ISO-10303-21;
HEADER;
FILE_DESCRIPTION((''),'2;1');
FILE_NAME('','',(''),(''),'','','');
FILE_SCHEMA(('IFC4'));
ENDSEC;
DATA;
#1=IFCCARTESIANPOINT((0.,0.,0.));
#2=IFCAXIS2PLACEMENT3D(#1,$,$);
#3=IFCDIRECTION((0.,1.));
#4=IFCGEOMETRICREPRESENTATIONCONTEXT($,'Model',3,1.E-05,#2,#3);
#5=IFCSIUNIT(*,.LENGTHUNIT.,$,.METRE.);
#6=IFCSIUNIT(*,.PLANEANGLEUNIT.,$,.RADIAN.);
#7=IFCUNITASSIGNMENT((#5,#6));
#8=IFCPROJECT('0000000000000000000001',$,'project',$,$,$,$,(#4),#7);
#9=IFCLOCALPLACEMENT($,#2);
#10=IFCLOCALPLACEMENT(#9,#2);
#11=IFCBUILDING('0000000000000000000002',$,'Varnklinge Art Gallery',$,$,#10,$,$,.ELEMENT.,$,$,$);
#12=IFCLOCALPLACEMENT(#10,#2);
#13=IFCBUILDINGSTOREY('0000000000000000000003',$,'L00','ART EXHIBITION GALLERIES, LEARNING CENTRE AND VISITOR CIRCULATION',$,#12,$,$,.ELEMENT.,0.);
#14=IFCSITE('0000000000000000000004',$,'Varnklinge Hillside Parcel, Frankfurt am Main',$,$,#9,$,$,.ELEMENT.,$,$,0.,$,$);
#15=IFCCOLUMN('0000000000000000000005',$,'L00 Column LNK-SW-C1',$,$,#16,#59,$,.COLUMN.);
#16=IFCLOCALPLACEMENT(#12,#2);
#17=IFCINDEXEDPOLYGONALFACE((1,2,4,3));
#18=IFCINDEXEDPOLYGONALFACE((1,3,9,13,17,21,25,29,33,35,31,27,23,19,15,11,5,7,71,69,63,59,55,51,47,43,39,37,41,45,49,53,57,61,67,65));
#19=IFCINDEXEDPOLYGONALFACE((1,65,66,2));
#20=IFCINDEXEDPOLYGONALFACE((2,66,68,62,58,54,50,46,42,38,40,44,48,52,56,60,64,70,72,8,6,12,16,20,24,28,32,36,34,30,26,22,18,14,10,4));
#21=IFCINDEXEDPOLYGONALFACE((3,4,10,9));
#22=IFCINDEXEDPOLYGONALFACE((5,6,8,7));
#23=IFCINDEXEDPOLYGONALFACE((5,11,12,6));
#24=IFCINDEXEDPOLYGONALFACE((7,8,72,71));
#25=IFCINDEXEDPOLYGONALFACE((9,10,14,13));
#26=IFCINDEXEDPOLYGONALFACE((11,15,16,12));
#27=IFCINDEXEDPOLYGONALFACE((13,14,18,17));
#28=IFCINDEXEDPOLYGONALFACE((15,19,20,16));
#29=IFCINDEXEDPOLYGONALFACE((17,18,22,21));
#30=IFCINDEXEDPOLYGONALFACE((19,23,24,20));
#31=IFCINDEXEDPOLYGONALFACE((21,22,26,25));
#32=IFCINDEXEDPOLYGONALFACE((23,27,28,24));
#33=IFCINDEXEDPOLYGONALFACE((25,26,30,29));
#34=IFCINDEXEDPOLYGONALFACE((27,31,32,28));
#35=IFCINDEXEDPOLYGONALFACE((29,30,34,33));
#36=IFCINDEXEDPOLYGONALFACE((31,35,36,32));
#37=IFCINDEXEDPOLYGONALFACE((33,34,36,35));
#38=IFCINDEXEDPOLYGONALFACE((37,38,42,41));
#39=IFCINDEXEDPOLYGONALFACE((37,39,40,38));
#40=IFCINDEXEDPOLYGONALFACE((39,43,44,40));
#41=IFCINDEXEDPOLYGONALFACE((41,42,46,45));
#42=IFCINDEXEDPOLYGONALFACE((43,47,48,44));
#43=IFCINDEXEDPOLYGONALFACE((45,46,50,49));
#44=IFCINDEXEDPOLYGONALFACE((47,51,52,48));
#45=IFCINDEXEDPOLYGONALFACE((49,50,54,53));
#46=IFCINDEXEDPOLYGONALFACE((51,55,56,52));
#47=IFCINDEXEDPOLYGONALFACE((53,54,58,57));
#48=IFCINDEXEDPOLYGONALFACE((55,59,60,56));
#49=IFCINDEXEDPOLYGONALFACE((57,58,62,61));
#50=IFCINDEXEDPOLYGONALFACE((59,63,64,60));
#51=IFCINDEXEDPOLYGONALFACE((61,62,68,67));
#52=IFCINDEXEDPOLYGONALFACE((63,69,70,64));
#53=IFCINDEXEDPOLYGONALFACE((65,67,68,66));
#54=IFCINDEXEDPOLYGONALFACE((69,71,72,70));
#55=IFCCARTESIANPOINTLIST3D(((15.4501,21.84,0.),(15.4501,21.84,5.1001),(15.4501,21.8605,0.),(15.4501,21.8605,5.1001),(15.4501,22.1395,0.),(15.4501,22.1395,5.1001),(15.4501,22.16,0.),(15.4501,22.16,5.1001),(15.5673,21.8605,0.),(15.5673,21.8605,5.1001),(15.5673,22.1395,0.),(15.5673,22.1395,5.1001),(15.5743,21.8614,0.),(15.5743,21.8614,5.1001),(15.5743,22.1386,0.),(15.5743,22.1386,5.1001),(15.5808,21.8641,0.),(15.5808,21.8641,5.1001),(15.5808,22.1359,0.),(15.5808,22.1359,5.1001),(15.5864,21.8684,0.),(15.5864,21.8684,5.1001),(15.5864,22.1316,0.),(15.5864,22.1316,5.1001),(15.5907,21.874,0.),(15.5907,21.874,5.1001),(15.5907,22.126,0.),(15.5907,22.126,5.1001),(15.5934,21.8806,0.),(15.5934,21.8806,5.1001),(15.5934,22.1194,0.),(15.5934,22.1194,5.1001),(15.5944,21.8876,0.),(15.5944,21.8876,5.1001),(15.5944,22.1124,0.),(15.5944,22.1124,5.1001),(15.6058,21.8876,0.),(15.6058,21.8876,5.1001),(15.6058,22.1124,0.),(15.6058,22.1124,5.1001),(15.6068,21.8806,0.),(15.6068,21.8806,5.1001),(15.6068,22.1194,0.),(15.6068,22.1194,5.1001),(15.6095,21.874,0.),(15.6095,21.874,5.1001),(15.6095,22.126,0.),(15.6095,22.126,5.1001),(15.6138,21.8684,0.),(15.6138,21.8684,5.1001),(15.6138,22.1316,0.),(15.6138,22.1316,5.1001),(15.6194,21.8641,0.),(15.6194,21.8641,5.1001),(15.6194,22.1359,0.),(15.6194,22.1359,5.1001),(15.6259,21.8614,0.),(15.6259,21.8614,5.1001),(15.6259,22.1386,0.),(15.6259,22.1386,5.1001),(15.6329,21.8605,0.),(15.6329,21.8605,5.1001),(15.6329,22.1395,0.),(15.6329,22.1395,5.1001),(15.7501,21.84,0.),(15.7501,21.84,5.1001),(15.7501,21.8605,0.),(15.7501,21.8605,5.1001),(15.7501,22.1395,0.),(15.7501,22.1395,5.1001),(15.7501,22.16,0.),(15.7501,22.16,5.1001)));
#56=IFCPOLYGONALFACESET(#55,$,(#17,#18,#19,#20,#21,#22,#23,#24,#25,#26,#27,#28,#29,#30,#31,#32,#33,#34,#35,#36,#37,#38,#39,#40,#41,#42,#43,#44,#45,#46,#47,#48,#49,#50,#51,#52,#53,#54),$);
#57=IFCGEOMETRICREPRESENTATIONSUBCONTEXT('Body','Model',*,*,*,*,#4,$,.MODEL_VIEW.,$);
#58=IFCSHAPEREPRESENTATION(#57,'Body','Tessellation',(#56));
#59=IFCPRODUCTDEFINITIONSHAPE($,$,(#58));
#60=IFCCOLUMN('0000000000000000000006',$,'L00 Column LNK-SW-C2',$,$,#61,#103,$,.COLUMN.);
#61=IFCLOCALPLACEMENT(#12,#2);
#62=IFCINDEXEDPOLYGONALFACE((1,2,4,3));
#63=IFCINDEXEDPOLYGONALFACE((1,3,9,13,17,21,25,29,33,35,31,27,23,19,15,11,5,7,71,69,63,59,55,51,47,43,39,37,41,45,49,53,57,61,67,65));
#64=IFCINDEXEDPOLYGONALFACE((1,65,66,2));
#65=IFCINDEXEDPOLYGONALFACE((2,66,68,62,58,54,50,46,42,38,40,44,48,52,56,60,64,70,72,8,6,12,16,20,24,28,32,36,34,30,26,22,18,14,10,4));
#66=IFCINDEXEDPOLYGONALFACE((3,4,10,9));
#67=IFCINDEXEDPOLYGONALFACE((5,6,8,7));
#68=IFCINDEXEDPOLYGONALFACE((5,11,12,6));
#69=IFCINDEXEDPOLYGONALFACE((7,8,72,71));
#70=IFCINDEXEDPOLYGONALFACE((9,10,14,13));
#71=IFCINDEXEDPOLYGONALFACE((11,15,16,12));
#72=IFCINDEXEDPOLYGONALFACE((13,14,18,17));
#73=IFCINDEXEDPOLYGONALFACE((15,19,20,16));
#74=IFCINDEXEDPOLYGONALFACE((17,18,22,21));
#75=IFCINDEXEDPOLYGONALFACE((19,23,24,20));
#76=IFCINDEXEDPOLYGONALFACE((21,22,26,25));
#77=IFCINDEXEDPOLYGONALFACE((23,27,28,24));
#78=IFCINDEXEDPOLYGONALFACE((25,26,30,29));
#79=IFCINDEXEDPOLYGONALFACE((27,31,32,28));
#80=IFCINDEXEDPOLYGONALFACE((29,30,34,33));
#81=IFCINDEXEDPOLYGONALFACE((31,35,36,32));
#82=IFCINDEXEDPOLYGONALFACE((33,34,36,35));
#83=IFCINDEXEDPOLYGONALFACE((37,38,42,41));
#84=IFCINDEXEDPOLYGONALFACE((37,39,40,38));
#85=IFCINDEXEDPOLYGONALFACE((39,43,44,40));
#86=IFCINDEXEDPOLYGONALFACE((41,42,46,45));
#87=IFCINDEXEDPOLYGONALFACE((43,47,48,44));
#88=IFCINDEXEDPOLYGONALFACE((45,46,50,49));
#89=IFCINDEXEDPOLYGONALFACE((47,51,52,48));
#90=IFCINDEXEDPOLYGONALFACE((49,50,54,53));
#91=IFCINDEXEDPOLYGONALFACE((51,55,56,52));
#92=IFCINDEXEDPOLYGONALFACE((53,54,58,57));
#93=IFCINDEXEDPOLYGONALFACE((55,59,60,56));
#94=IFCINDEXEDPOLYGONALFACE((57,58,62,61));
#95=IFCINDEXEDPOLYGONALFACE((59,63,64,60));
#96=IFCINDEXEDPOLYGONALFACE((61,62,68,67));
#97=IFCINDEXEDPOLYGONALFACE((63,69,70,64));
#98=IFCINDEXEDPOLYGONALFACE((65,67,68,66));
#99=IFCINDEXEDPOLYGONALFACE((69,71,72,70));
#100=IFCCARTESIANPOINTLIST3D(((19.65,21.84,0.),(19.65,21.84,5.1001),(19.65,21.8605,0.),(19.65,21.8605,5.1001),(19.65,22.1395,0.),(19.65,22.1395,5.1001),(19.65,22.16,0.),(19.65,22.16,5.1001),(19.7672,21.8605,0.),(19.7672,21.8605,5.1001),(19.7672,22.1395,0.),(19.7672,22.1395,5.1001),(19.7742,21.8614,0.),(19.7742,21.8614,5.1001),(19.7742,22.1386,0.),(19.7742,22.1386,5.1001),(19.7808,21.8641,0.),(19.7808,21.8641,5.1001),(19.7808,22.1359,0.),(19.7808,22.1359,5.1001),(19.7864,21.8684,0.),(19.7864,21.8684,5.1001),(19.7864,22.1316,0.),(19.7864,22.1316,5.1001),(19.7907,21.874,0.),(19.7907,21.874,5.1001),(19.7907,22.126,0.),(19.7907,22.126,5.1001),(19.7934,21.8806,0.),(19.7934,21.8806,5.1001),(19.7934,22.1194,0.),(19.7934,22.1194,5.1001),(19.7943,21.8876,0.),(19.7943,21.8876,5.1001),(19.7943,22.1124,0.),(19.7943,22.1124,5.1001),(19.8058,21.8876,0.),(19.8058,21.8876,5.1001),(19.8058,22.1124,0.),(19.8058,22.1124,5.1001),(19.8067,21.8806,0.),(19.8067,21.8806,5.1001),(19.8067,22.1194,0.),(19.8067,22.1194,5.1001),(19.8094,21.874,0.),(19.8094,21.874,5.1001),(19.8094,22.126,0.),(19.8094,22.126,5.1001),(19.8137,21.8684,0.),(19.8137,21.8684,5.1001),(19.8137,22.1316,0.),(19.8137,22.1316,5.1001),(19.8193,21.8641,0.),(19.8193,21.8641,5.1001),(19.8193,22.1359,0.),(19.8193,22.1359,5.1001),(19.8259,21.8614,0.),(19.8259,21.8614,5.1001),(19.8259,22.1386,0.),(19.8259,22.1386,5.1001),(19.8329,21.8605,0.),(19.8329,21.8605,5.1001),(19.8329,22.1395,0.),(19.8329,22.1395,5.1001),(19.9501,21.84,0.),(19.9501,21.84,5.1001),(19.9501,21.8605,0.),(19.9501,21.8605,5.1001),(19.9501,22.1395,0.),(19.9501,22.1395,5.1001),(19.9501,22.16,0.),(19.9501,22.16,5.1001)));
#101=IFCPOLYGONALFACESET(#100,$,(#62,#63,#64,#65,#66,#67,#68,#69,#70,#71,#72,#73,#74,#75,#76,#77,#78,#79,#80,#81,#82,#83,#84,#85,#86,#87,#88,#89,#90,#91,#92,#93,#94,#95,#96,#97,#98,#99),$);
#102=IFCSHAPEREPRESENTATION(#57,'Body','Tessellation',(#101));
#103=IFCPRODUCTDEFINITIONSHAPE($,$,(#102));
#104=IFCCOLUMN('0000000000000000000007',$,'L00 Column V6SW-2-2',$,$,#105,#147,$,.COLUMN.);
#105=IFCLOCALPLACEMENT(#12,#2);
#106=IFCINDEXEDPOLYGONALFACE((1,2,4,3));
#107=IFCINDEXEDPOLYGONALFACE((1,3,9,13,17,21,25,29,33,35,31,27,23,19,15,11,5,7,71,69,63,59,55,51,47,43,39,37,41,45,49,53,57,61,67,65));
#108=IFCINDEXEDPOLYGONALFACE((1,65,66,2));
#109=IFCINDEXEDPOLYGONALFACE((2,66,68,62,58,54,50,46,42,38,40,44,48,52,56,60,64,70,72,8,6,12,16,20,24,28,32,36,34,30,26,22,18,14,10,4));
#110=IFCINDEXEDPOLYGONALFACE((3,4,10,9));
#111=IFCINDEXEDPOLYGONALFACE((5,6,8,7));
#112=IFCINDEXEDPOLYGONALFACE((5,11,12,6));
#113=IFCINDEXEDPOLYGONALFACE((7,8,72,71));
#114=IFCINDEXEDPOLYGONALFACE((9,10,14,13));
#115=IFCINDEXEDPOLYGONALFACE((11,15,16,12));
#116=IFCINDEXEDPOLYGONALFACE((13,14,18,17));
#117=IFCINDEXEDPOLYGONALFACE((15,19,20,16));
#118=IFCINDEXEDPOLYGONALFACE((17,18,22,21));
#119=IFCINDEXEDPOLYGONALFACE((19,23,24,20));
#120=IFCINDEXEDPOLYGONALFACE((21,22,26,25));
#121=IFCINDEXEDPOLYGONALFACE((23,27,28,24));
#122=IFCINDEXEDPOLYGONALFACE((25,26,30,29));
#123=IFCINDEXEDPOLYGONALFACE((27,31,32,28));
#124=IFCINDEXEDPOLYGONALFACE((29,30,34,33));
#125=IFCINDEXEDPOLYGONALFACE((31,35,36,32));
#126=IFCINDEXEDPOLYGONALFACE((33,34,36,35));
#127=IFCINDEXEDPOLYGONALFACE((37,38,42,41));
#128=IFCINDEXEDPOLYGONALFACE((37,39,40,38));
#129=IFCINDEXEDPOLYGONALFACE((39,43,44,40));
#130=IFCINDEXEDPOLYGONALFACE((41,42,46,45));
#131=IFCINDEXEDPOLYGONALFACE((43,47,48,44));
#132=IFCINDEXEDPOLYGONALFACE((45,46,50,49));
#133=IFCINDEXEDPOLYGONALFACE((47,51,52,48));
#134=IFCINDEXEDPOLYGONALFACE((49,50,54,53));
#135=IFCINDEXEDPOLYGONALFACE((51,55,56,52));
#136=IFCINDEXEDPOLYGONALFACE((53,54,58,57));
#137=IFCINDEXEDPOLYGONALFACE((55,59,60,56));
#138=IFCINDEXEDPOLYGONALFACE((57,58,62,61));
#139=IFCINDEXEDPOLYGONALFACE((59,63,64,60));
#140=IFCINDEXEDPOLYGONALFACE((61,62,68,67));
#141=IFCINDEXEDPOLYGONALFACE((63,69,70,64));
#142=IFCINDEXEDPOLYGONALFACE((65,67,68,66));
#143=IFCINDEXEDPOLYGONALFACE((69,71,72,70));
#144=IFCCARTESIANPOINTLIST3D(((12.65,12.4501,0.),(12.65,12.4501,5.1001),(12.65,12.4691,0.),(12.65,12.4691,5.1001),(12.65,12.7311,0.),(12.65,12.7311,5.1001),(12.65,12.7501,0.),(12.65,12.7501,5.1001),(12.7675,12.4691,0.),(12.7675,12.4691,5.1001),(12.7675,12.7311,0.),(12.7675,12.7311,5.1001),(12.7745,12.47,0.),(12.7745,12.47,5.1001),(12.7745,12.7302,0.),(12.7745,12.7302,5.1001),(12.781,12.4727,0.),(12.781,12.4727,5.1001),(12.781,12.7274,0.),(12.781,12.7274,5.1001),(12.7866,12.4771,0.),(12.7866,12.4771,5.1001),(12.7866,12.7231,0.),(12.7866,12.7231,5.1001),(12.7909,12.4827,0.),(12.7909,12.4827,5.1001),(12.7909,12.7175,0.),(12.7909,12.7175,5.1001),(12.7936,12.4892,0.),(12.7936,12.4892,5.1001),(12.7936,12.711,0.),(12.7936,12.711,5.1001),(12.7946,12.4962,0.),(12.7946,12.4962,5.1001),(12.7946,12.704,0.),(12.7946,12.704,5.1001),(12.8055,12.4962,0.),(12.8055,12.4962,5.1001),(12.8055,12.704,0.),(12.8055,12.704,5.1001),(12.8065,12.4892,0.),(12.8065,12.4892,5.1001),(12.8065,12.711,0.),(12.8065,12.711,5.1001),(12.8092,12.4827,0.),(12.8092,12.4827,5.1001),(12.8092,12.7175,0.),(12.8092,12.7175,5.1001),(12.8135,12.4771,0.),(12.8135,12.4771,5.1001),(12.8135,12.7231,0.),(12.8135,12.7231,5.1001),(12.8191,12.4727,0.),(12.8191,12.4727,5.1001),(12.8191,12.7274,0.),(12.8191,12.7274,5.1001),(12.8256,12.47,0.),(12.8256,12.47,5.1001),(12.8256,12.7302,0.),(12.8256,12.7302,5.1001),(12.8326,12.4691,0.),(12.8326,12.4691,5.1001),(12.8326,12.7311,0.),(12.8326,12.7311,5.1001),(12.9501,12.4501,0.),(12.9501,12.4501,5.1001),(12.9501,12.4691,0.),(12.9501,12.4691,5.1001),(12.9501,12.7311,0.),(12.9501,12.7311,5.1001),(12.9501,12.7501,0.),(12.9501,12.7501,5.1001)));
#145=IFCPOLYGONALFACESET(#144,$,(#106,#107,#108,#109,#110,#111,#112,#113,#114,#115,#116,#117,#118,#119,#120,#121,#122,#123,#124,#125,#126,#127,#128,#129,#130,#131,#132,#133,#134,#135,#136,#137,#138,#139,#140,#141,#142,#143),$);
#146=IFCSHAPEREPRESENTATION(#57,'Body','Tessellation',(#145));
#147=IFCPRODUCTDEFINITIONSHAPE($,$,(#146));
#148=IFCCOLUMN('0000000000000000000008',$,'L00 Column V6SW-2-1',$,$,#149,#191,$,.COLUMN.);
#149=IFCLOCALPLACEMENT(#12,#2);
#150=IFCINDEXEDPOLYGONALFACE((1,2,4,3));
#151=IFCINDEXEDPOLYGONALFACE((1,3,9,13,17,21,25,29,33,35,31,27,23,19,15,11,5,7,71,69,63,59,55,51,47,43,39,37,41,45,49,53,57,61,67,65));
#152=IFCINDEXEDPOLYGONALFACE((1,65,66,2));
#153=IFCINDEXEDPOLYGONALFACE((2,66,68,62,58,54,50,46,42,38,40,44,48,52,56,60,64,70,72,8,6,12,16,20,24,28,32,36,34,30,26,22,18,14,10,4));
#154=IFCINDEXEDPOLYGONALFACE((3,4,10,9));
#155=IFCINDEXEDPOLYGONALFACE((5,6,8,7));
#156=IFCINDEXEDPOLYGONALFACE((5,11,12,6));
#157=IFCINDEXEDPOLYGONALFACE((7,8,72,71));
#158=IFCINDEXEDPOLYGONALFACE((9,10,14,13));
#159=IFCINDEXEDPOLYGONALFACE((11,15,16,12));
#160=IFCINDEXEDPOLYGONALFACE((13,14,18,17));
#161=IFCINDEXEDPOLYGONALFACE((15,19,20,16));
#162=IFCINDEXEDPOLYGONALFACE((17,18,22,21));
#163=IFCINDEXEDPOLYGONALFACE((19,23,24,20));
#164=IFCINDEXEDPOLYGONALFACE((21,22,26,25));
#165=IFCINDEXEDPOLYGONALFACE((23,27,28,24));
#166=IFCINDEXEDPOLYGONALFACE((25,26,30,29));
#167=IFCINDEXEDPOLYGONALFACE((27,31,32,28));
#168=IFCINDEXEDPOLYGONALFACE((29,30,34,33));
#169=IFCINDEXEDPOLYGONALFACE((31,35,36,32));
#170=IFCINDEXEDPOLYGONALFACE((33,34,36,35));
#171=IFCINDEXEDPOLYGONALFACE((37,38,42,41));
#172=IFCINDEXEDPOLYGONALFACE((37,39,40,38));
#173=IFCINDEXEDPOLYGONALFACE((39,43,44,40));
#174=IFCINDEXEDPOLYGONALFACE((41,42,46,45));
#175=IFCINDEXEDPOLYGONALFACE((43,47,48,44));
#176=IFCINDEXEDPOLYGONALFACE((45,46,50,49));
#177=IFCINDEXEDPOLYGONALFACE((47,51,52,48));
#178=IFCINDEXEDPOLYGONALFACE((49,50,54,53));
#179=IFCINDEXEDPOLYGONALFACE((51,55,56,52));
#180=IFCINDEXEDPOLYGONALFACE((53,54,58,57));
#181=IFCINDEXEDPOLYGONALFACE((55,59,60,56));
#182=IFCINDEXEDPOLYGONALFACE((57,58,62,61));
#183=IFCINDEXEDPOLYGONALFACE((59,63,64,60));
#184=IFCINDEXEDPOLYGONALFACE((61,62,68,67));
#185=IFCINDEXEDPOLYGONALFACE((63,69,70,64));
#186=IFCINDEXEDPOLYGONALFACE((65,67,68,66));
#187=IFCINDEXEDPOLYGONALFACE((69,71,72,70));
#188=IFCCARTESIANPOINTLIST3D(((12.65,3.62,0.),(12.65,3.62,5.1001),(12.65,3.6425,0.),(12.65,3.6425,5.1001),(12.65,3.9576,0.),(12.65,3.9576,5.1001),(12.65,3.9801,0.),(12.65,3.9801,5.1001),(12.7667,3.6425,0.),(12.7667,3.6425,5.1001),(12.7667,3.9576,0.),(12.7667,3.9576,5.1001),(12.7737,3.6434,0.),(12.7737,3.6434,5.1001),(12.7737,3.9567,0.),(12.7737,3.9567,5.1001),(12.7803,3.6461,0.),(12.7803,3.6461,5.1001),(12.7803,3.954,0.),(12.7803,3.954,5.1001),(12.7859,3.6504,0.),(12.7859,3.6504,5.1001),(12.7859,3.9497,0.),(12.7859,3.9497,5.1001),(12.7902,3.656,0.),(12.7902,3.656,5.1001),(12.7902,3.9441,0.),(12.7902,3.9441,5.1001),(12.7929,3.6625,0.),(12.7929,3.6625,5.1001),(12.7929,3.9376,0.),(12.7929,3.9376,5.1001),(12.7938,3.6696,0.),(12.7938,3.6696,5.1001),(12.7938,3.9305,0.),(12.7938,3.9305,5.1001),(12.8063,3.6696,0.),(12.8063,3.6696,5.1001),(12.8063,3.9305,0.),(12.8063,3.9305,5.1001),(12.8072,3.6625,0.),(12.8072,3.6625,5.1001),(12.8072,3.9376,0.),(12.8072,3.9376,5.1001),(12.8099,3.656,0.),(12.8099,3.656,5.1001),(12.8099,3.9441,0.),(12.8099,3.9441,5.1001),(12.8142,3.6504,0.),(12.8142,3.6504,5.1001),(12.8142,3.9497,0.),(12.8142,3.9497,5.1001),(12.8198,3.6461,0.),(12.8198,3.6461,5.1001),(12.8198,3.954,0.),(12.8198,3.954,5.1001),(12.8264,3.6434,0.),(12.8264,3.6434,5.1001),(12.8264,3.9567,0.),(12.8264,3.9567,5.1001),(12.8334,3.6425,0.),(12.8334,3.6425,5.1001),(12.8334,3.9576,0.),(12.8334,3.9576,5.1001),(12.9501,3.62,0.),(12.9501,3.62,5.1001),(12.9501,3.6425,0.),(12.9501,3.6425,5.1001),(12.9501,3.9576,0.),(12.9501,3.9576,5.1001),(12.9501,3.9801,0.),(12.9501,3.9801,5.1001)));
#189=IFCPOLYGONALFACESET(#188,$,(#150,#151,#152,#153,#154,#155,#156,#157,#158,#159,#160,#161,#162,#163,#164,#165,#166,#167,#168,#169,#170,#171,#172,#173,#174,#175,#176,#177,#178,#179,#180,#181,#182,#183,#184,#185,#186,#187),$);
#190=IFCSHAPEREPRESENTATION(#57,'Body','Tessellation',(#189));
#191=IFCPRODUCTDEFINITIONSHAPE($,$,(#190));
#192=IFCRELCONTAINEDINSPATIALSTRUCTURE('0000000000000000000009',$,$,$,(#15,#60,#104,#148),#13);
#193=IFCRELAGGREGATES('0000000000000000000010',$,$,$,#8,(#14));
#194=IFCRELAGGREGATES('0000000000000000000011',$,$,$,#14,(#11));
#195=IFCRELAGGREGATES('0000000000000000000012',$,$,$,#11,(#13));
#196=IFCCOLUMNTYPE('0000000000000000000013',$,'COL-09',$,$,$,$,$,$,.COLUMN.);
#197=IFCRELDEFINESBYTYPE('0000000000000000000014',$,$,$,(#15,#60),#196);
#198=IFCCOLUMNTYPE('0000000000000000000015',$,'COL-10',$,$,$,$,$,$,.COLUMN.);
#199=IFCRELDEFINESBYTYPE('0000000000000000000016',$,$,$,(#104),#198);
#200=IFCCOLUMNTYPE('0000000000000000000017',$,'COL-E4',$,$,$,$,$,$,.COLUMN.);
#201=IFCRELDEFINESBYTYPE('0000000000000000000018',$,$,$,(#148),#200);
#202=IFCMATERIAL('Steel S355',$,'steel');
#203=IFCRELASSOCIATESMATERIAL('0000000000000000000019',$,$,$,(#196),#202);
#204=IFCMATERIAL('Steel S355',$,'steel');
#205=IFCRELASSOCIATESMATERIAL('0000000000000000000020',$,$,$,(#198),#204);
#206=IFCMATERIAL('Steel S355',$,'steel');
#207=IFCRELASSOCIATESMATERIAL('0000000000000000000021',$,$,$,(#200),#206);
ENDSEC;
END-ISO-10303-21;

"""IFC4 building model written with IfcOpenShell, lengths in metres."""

from ifc_helpers import new_model, si_unit, direction, frame, origin, origin_2d, place, context, subcontext, project, spatial, i_section, extrude, material, material_profile, profile_set, type_object, element, save


model = new_model("IFC4")

# Units and contexts
model_context = context("Model", 3, precision=1e-05, world=origin(), true_north=direction((0.0, 1.0)))
body_context = subcontext(model_context, "Body", "Model", "MODEL_VIEW")
ifc_project = project(units=[si_unit("LENGTHUNIT", "METRE"), si_unit("PLANEANGLEUNIT", "RADIAN")], contexts=[model_context])

# Site, building, storey
site_placement = place(None, origin())
site = spatial("IfcSite", under=ifc_project, at=site_placement, Name="Varnklinge Hillside Parcel, Frankfurt am Main", CompositionType="ELEMENT", RefElevation=0.0)
building_placement = place(site_placement, origin())
building = spatial("IfcBuilding", under=site, at=building_placement, Name="Varnklinge Art Gallery", CompositionType="ELEMENT")
storey_placement = place(building_placement, origin())
storey = spatial("IfcBuildingStorey", under=building, at=storey_placement, Name="L00", Description="ART EXHIBITION GALLERIES, LEARNING CENTRE AND VISITOR CIRCULATION", CompositionType="ELEMENT", Elevation=0.0)

# Columns
ifc_material_1 = material(Name="Steel S355", Category="steel")
ifc_material_profile_1 = material_profile(ifc_material_1, i_section(OverallWidth=0.3, OverallDepth=0.3201, WebThickness=0.0115, FlangeThickness=0.0205, FilletRadius=0.0271, at=origin_2d()), Name="HEB 320")
ifc_profile_set_1 = profile_set([ifc_material_profile_1], Name="Steel S355")
column_type_1 = type_object("IfcColumnType", Name="COL-09", PredefinedType="COLUMN", material=ifc_profile_set_1)
for number, where, z_axis, x_axis, name in (
    (1, (15.6001, 22.0, 0.0), (0.0, 0.0, 1.0), (1.0, 0.0, 0.0), "L00 Column LNK-SW-C1"),
    (2, (19.8, 22.0, 0.0), (0.0, 0.0, 1.0), (1.0, 0.0, 0.0), "L00 Column LNK-SW-C2"),
):
    element("IfcColumn", number, at=place(storey_placement, frame(where, z_axis=z_axis, x_axis=x_axis)), inside=storey, type_object=column_type_1, Name=name, PredefinedType="COLUMN", context=body_context, shape_type="SweptSolid", body=[
        extrude(i_section(OverallWidth=0.3, OverallDepth=0.3201, WebThickness=0.0115, FlangeThickness=0.0205, FilletRadius=0.0271, at=origin_2d()), origin(), (0.0, 0.0, 1.0), 5.1001),
    ])
ifc_material_2 = material(Name="Steel S355", Category="steel")
ifc_material_profile_2 = material_profile(ifc_material_2, i_section(OverallWidth=0.3, OverallDepth=0.3, WebThickness=0.011, FlangeThickness=0.019, FilletRadius=0.0271, at=origin_2d()), Name="HEB 300")
ifc_profile_set_2 = profile_set([ifc_material_profile_2], Name="Steel S355")
column_type_2 = type_object("IfcColumnType", Name="COL-10", PredefinedType="COLUMN", material=ifc_profile_set_2)
column_placement = place(storey_placement, frame((12.8, 12.6001, 0.0), z_axis=(0.0, 0.0, 1.0), x_axis=(1.0, 0.0, 0.0)))
element("IfcColumn", 3, at=column_placement, inside=storey, type_object=column_type_2, Name="L00 Column V6SW-2-2", PredefinedType="COLUMN", context=body_context, shape_type="SweptSolid", body=[
    extrude(i_section(OverallWidth=0.3, OverallDepth=0.3, WebThickness=0.011, FlangeThickness=0.019, FilletRadius=0.0271, at=origin_2d()), origin(), (0.0, 0.0, 1.0), 5.1001),
])
ifc_material_3 = material(Name="Steel S355", Category="steel")
ifc_material_profile_3 = material_profile(ifc_material_3, i_section(OverallWidth=0.3, OverallDepth=0.3601, WebThickness=0.0125, FlangeThickness=0.0225, FilletRadius=0.0271, at=origin_2d()), Name="HEB 360")
ifc_profile_set_3 = profile_set([ifc_material_profile_3], Name="Steel S355")
column_type_3 = type_object("IfcColumnType", Name="COL-E4", PredefinedType="COLUMN", material=ifc_profile_set_3)
for number, where, z_axis, x_axis, name in (
    (4, (12.8, 3.8, 0.0), (0.0, 0.0, 1.0), (1.0, 0.0, 0.0), "L00 Column V6SW-2-1"),
):
    element("IfcColumn", number, at=place(storey_placement, frame(where, z_axis=z_axis, x_axis=x_axis)), inside=storey, type_object=column_type_3, Name=name, PredefinedType="COLUMN", context=body_context, shape_type="SweptSolid", body=[
        extrude(i_section(OverallWidth=0.3, OverallDepth=0.3601, WebThickness=0.0125, FlangeThickness=0.0225, FilletRadius=0.0271, at=origin_2d()), origin(), (0.0, 0.0, 1.0), 5.1001),
    ])

save(model, "model.ifc")
